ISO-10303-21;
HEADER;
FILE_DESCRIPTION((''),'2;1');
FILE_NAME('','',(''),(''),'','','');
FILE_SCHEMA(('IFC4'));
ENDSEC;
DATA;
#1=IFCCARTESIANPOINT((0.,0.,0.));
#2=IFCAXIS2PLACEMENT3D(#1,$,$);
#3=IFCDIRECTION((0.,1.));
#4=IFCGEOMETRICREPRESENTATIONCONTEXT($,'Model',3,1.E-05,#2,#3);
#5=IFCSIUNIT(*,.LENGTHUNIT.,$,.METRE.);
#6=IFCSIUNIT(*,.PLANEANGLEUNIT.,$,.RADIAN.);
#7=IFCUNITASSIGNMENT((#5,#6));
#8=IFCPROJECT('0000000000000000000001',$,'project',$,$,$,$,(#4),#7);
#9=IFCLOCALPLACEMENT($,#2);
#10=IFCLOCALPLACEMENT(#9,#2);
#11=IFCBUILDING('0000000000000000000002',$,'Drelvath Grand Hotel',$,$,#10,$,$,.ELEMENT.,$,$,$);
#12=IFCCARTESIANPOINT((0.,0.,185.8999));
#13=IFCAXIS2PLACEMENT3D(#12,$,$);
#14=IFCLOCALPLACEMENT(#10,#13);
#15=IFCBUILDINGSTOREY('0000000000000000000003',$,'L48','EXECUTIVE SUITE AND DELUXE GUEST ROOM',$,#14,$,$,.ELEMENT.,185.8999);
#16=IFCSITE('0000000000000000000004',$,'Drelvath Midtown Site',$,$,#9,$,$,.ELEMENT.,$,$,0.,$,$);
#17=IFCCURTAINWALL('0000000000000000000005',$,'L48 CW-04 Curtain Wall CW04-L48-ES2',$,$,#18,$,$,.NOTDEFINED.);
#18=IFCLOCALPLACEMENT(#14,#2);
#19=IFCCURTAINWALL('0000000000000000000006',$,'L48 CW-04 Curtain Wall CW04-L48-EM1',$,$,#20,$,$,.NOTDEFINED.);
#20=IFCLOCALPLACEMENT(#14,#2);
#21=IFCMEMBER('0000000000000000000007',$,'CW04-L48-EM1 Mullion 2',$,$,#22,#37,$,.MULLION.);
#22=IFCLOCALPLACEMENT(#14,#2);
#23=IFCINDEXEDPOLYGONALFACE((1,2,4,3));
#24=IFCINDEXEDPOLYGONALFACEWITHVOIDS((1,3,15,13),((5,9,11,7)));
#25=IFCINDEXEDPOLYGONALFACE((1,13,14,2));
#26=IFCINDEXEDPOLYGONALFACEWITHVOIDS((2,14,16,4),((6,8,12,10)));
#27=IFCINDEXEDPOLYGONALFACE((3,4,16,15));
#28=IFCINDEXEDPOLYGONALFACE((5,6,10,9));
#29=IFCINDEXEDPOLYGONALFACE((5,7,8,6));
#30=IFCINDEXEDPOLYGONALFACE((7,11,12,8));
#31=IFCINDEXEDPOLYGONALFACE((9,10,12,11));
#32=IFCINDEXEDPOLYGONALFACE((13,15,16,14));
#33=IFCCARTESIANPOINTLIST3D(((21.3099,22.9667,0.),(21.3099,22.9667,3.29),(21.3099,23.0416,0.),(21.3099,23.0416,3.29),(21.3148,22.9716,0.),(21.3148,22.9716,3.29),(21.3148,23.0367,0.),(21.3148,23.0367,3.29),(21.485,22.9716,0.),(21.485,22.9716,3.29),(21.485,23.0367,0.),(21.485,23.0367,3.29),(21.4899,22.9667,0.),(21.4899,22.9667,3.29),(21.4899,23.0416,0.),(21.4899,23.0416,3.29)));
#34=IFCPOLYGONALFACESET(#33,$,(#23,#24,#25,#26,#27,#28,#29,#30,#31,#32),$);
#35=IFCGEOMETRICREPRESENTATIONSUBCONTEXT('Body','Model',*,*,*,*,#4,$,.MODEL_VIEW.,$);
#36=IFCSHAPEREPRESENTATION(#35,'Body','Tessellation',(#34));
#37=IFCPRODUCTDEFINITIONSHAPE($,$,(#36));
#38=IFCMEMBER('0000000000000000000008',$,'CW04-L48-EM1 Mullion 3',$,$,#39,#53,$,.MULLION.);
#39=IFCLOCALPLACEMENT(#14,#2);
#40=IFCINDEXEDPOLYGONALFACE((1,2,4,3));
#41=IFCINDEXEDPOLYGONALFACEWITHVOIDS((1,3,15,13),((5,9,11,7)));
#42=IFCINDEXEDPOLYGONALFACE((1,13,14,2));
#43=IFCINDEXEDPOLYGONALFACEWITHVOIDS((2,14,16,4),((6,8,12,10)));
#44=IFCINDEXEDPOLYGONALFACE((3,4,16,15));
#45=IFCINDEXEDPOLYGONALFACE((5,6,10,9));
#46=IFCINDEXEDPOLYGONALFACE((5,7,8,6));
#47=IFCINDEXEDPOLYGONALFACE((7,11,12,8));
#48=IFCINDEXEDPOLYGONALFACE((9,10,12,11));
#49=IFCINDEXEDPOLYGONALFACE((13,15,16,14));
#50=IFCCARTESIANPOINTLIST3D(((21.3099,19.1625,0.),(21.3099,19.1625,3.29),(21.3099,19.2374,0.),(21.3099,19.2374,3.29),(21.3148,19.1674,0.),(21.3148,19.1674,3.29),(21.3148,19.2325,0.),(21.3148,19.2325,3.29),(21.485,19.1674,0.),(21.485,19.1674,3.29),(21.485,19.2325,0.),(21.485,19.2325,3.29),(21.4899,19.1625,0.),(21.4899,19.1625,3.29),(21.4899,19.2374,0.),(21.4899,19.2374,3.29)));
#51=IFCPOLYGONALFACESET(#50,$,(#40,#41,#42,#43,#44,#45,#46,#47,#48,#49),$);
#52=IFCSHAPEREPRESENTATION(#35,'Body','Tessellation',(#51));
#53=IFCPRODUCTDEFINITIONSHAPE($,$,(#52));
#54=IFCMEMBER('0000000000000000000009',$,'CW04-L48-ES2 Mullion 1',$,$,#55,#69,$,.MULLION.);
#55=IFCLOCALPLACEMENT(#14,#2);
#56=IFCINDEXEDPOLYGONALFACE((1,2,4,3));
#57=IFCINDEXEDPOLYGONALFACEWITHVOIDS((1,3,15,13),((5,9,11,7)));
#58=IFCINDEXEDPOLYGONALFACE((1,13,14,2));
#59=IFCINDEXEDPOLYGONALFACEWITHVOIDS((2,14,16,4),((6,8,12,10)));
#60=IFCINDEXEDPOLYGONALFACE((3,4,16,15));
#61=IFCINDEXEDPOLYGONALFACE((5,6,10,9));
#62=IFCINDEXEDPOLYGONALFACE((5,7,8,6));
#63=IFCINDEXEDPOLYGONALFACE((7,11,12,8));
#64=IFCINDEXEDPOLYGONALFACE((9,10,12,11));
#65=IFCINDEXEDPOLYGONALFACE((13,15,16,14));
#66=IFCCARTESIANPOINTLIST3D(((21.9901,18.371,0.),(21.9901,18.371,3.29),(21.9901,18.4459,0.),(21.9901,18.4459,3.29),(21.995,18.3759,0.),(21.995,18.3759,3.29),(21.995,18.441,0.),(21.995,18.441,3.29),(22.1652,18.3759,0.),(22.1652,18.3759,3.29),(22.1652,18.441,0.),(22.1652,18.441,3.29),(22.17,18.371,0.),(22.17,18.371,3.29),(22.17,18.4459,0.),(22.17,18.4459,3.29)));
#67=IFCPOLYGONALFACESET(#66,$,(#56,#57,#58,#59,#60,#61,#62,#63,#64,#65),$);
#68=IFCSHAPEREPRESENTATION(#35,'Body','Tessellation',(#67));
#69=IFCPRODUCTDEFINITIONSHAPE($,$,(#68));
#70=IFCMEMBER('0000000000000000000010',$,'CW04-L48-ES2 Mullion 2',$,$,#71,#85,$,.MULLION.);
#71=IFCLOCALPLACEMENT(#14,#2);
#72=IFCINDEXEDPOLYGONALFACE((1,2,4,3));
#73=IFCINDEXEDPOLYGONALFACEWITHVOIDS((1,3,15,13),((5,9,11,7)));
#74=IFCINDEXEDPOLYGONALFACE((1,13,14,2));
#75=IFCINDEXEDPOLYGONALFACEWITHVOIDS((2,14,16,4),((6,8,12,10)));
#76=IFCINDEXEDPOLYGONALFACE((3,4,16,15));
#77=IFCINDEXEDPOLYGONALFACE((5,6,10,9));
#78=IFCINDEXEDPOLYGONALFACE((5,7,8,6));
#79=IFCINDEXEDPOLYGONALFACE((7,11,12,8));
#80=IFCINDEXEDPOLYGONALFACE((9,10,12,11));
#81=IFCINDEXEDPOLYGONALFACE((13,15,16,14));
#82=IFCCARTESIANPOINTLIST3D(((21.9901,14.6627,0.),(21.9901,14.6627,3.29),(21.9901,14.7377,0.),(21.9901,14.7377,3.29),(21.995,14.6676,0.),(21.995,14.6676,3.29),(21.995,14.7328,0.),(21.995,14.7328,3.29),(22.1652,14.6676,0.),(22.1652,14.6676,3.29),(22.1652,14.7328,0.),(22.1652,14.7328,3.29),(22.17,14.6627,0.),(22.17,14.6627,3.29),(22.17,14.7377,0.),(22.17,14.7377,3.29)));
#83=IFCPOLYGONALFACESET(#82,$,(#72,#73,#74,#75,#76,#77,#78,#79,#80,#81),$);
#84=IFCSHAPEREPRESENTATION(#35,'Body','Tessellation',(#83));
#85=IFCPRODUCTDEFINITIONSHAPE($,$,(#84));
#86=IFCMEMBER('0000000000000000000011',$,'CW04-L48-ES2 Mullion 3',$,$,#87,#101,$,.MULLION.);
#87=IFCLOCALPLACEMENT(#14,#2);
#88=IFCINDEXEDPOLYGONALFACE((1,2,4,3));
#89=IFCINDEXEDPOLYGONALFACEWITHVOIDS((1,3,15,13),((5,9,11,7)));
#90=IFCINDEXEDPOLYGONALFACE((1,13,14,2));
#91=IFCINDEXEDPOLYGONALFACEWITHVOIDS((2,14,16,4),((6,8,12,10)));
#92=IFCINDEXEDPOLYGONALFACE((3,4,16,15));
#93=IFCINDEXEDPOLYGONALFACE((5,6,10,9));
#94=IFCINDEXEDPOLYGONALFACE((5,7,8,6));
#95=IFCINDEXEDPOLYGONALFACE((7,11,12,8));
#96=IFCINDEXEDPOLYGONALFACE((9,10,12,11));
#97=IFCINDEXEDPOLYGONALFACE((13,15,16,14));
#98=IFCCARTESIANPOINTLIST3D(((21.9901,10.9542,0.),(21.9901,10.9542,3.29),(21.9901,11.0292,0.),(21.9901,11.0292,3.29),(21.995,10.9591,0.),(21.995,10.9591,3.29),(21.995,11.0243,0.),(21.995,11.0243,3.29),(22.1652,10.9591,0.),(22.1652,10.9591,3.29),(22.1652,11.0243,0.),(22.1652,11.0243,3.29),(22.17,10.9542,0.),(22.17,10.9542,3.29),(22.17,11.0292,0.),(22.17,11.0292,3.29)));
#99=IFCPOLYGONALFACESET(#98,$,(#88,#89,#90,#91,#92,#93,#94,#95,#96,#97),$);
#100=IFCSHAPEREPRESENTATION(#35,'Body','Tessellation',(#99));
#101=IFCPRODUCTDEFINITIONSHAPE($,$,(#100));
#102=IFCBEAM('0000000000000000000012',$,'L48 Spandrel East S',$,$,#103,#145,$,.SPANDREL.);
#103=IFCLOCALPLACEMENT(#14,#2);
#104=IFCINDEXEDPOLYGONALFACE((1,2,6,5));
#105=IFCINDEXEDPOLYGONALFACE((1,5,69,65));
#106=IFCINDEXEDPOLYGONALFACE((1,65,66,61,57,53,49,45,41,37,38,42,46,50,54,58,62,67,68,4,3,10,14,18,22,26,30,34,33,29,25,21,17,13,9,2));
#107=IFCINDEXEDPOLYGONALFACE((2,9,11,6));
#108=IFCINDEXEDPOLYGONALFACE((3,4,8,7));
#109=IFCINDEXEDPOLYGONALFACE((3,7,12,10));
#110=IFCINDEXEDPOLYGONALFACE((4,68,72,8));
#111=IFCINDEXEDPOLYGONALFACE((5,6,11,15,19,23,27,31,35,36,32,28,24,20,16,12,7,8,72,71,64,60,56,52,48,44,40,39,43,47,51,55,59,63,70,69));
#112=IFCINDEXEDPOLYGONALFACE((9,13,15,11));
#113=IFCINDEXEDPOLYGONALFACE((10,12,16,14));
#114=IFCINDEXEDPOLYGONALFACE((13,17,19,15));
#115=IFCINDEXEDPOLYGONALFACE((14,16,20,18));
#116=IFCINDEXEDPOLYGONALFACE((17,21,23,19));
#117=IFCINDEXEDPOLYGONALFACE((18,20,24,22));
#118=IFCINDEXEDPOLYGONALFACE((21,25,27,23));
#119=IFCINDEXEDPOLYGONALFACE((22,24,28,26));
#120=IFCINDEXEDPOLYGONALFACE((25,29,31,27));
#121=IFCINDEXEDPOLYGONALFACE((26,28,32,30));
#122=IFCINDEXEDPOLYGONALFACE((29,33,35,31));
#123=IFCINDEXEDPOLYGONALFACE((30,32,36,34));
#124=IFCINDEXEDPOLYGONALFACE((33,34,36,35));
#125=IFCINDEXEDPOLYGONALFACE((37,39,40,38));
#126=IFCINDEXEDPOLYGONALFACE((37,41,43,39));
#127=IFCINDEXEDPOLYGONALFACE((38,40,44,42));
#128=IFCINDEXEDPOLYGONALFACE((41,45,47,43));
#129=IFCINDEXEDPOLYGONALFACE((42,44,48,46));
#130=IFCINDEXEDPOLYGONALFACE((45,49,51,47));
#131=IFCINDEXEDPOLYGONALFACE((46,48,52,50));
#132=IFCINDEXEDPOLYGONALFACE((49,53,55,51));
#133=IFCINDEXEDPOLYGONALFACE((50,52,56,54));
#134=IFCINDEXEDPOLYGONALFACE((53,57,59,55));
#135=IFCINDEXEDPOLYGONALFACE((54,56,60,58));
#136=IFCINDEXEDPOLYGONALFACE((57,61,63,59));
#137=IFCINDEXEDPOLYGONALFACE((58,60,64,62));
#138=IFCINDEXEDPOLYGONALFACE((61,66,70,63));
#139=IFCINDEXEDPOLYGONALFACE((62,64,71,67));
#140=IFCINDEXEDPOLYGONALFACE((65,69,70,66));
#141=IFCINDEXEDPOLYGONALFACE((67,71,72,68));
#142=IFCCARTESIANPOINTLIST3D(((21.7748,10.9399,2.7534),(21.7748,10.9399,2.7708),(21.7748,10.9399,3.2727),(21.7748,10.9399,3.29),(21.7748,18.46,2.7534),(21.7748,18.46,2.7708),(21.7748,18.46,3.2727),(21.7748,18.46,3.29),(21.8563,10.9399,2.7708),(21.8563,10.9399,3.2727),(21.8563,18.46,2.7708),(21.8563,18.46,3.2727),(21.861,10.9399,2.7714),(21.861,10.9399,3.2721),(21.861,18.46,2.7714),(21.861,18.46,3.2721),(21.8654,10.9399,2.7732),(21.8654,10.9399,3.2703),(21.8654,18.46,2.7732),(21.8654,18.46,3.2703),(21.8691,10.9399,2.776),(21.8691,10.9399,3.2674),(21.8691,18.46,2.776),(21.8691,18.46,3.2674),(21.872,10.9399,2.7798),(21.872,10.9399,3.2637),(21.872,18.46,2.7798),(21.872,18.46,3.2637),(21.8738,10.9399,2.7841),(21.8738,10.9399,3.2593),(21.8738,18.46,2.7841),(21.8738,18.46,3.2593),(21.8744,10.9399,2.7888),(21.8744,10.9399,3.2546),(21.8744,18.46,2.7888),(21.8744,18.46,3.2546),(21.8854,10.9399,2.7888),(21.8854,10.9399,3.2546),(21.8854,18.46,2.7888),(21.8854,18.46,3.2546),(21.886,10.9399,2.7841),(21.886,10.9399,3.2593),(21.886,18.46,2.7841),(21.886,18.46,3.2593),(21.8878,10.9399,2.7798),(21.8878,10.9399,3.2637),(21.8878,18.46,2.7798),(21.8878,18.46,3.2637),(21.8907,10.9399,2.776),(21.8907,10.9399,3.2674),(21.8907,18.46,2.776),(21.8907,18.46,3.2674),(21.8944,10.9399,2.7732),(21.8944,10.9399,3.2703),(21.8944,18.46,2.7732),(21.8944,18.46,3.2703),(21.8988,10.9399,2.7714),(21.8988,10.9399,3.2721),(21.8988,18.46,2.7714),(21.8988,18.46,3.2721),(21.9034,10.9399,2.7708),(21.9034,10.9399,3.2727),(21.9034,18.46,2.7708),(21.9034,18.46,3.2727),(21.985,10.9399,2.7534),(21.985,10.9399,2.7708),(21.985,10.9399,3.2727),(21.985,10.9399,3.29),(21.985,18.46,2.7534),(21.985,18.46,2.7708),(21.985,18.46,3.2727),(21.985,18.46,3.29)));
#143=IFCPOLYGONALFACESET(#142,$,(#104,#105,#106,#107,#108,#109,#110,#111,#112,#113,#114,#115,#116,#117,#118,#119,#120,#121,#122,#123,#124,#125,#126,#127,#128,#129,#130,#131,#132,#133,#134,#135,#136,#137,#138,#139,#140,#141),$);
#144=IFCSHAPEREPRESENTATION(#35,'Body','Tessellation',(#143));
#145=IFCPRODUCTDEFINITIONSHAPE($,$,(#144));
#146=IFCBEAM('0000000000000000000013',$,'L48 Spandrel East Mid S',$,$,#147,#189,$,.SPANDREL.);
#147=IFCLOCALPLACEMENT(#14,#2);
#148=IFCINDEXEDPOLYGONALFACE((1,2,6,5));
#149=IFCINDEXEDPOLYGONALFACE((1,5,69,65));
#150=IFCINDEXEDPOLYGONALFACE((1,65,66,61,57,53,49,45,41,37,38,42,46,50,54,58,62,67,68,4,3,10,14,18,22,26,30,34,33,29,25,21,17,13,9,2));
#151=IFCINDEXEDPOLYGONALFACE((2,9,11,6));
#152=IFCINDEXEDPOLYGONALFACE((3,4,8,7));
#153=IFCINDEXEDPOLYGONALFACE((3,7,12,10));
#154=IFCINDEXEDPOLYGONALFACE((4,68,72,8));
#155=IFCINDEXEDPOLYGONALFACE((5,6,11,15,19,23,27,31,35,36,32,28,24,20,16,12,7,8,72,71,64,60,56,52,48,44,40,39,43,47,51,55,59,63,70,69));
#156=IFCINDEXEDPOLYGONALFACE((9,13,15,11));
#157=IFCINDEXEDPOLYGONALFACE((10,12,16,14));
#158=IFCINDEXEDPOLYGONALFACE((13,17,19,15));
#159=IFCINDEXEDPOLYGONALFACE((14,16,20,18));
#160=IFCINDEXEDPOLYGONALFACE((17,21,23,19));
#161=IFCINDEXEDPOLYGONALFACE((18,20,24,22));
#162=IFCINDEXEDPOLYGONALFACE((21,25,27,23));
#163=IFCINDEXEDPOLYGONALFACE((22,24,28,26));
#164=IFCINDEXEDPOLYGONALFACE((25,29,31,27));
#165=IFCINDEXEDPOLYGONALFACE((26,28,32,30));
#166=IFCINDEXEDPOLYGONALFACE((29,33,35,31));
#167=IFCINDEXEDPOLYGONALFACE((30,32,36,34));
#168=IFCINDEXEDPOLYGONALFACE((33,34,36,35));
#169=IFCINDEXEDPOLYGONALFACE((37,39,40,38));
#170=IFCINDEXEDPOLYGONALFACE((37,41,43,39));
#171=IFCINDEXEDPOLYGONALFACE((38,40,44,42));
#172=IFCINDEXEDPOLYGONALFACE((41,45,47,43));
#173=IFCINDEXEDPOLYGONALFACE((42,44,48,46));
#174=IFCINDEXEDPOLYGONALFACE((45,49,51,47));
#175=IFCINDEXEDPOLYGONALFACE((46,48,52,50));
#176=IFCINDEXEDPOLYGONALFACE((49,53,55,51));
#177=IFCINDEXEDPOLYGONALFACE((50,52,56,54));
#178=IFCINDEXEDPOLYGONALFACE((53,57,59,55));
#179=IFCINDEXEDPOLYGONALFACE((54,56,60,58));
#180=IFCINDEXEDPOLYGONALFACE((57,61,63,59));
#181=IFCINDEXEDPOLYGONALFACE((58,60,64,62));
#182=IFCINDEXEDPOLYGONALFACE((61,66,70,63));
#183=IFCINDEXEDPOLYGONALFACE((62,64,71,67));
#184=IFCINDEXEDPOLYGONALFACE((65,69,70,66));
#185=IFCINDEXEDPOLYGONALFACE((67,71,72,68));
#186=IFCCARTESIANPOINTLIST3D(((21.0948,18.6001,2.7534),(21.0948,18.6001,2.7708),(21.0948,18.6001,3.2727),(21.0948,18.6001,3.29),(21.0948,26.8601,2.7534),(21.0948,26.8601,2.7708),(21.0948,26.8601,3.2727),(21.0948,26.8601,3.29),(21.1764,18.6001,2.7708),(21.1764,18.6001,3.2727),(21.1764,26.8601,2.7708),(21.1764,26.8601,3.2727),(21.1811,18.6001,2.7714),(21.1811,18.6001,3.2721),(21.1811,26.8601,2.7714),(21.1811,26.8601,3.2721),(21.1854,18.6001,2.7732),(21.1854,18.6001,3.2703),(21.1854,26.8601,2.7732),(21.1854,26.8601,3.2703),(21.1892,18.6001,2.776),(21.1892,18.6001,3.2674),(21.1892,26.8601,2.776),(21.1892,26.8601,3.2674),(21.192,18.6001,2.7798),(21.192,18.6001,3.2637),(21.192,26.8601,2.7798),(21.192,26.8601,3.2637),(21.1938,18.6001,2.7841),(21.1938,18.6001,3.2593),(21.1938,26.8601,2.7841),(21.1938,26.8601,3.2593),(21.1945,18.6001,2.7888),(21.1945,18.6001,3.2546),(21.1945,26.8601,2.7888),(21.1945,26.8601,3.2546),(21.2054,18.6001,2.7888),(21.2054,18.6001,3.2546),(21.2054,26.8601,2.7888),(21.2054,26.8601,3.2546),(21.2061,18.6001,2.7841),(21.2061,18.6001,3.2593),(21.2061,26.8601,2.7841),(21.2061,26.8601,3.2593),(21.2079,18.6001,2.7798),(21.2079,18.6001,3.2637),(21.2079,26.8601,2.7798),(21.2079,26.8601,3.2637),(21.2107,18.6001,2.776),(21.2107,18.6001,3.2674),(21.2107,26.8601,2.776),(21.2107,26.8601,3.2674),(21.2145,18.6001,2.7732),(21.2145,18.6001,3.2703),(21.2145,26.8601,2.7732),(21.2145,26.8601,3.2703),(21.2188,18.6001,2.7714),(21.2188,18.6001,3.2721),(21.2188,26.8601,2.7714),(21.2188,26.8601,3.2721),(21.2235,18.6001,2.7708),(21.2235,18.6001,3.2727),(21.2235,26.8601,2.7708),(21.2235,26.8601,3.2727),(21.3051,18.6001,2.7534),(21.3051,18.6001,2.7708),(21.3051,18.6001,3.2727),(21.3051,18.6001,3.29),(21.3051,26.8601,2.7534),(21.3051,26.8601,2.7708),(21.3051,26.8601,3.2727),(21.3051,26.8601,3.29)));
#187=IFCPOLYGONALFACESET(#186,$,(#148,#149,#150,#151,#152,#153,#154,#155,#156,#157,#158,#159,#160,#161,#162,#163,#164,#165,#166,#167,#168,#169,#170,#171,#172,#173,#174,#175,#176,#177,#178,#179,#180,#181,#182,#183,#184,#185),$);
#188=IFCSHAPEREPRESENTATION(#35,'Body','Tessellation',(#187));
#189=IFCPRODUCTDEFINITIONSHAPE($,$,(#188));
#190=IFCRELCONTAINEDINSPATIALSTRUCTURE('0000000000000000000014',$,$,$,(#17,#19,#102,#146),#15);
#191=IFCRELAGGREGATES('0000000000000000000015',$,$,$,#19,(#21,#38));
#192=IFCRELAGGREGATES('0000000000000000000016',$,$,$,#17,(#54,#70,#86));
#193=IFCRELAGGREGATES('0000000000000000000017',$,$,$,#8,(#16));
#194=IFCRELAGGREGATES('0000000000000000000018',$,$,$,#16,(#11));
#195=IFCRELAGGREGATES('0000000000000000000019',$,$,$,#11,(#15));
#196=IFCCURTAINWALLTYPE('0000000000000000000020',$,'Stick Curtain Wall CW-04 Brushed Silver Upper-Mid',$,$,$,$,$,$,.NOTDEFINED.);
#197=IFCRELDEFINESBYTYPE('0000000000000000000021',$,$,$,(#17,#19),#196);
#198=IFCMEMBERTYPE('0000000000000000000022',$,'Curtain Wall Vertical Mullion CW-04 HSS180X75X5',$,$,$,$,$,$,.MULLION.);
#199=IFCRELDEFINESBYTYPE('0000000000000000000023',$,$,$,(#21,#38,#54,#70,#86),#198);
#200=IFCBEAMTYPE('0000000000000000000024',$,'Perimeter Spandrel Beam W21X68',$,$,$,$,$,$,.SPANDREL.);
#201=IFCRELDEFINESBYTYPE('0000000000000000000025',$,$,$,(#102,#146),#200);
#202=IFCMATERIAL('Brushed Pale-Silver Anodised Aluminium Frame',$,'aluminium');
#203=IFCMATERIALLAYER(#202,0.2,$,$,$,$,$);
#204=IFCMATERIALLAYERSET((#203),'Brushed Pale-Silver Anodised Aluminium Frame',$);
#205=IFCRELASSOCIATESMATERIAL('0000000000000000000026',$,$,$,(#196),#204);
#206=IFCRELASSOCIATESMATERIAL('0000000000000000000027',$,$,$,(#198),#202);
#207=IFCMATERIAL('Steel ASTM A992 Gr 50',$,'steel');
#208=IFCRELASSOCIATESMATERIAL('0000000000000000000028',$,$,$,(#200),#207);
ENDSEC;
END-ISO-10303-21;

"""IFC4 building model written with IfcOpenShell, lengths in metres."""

from ifc_helpers import new_model, si_unit, direction, frame, origin, origin_2d, place, context, subcontext, project, spatial, hollow_rectangle, i_section, extrude, material, layer, layer_set, material_profile, profile_set, type_object, element, aggregate, save


model = new_model("IFC4")

# Units and contexts
model_context = context("Model", 3, precision=1e-05, world=origin(), true_north=direction((0.0, 1.0)))
body_context = subcontext(model_context, "Body", "Model", "MODEL_VIEW")
ifc_project = project(units=[si_unit("LENGTHUNIT", "METRE"), si_unit("PLANEANGLEUNIT", "RADIAN")], contexts=[model_context])

# Site, building, storey
site_placement = place(None, origin())
site = spatial("IfcSite", under=ifc_project, at=site_placement, Name="Drelvath Midtown Site", CompositionType="ELEMENT", RefElevation=0.0)
building_placement = place(site_placement, origin())
building = spatial("IfcBuilding", under=site, at=building_placement, Name="Drelvath Grand Hotel", CompositionType="ELEMENT")
storey_placement = place(building_placement, frame((0.0, 0.0, 185.8999)))
storey = spatial("IfcBuildingStorey", under=building, at=storey_placement, Name="L48", Description="EXECUTIVE SUITE AND DELUXE GUEST ROOM", CompositionType="ELEMENT", Elevation=185.8999)

# Shared definitions
ifc_material_1 = material(Name="Steel ASTM A992 Gr 50", Category="steel")

# Curtain wall
ifc_material_2 = material(Name="Brushed Pale-Silver Anodised Aluminium Frame", Category="aluminium")
ifc_layer_1 = layer(ifc_material_2, 0.2)
ifc_layer_set_1 = layer_set([ifc_layer_1], Name="Brushed Pale-Silver Anodised Aluminium Frame")
curtain_wall_type = type_object("IfcCurtainWallType", Name="Stick Curtain Wall CW-04 Brushed Silver Upper-Mid", PredefinedType="NOTDEFINED", material=ifc_layer_set_1)
curtain_wall_1_placement = place(storey_placement, origin())
curtain_wall_1 = element("IfcCurtainWall", 1, at=curtain_wall_1_placement, inside=storey, type_object=curtain_wall_type, Name="L48 CW-04 Curtain Wall CW04-L48-ES2", PredefinedType="NOTDEFINED")

# Curtain wall, members
curtain_wall_2_placement = place(storey_placement, origin())
curtain_wall_2 = element("IfcCurtainWall", 2, at=curtain_wall_2_placement, inside=storey, type_object=curtain_wall_type, Name="L48 CW-04 Curtain Wall CW04-L48-EM1", PredefinedType="NOTDEFINED")
ifc_material_profile_1 = material_profile(ifc_material_2, hollow_rectangle(XDim=0.075, YDim=0.1799, WallThickness=0.0049, at=origin_2d()), Name="HSS180X75X5")
ifc_profile_set_1 = profile_set([ifc_material_profile_1], Name="Brushed Pale-Silver Anodised Aluminium Frame")
member_type_1 = type_object("IfcMemberType", Name="Curtain Wall Vertical Mullion CW-04 HSS180X75X5", PredefinedType="MULLION", material=ifc_profile_set_1)
member_1_placement = place(storey_placement, frame((21.3999, 23.0042, 0.0), z_axis=(0.0, 0.0, 1.0), x_axis=(0.0, 1.0, 0.0)))
member_1 = element("IfcMember", 3, at=member_1_placement, type_object=member_type_1, Name="CW04-L48-EM1 Mullion 2", PredefinedType="MULLION", context=body_context, shape_type="SweptSolid", body=[
    extrude(hollow_rectangle(XDim=0.075, YDim=0.1799, WallThickness=0.0049, at=origin_2d()), origin(), (0.0, 0.0, 1.0), 3.29),
])
member_2_placement = place(storey_placement, frame((21.3999, 19.2, 0.0), z_axis=(0.0, 0.0, 1.0), x_axis=(0.0, 1.0, 0.0)))
member_2 = element("IfcMember", 4, at=member_2_placement, type_object=member_type_1, Name="CW04-L48-EM1 Mullion 3", PredefinedType="MULLION", context=body_context, shape_type="SweptSolid", body=[
    extrude(hollow_rectangle(XDim=0.075, YDim=0.1799, WallThickness=0.0049, at=origin_2d()), origin(), (0.0, 0.0, 1.0), 3.29),
])

# Members
member_3_placement = place(storey_placement, frame((22.0801, 18.4084, 0.0), z_axis=(0.0, 0.0, 1.0), x_axis=(0.0, 1.0, 0.0)))
member_3 = element("IfcMember", 5, at=member_3_placement, type_object=member_type_1, Name="CW04-L48-ES2 Mullion 1", PredefinedType="MULLION", context=body_context, shape_type="SweptSolid", body=[
    extrude(hollow_rectangle(XDim=0.075, YDim=0.1799, WallThickness=0.0049, at=origin_2d()), origin(), (0.0, 0.0, 1.0), 3.29),
])
member_4_placement = place(storey_placement, frame((22.0801, 14.7002, 0.0), z_axis=(0.0, 0.0, 1.0), x_axis=(0.0, 1.0, 0.0)))
member_4 = element("IfcMember", 6, at=member_4_placement, type_object=member_type_1, Name="CW04-L48-ES2 Mullion 2", PredefinedType="MULLION", context=body_context, shape_type="SweptSolid", body=[
    extrude(hollow_rectangle(XDim=0.075, YDim=0.1799, WallThickness=0.0049, at=origin_2d()), origin(), (0.0, 0.0, 1.0), 3.29),
])
member_5_placement = place(storey_placement, frame((22.0801, 10.9917, 0.0), z_axis=(0.0, 0.0, 1.0), x_axis=(0.0, 1.0, 0.0)))
member_5 = element("IfcMember", 7, at=member_5_placement, type_object=member_type_1, Name="CW04-L48-ES2 Mullion 3", PredefinedType="MULLION", context=body_context, shape_type="SweptSolid", body=[
    extrude(hollow_rectangle(XDim=0.075, YDim=0.1799, WallThickness=0.0049, at=origin_2d()), origin(), (0.0, 0.0, 1.0), 3.29),
])

# Beams
ifc_material_profile_2 = material_profile(ifc_material_1, i_section(OverallWidth=0.2102, OverallDepth=0.5366, WebThickness=0.011, FlangeThickness=0.0173, FilletRadius=0.0181, at=origin_2d()), Name="W21X68")
ifc_profile_set_2 = profile_set([ifc_material_profile_2], Name="Steel ASTM A992 Gr 50")
beam_type_1 = type_object("IfcBeamType", Name="Perimeter Spandrel Beam W21X68", PredefinedType="SPANDREL", material=ifc_profile_set_2)
beam_1_placement = place(storey_placement, frame((21.8799, 10.9399, 3.0217), z_axis=(0.0, 1.0, 0.0), x_axis=(-1.0, 0.0, 0.0)))
element("IfcBeam", 8, at=beam_1_placement, inside=storey, type_object=beam_type_1, Name="L48 Spandrel East S", PredefinedType="SPANDREL", context=body_context, shape_type="SweptSolid", body=[
    extrude(i_section(OverallWidth=0.2102, OverallDepth=0.5366, WebThickness=0.011, FlangeThickness=0.0173, FilletRadius=0.0181, at=origin_2d()), origin(), (0.0, 0.0, 1.0), 7.52),
])
beam_2_placement = place(storey_placement, frame((21.2, 18.6001, 3.0217), z_axis=(0.0, 1.0, 0.0), x_axis=(-1.0, 0.0, 0.0)))
element("IfcBeam", 9, at=beam_2_placement, inside=storey, type_object=beam_type_1, Name="L48 Spandrel East Mid S", PredefinedType="SPANDREL", context=body_context, shape_type="SweptSolid", body=[
    extrude(i_section(OverallWidth=0.2102, OverallDepth=0.5366, WebThickness=0.011, FlangeThickness=0.0173, FilletRadius=0.0181, at=origin_2d()), origin(), (0.0, 0.0, 1.0), 8.26),
])

aggregate(curtain_wall_2, [member_1, member_2])
aggregate(curtain_wall_1, [member_3, member_4, member_5])

save(model, "model.ifc")
